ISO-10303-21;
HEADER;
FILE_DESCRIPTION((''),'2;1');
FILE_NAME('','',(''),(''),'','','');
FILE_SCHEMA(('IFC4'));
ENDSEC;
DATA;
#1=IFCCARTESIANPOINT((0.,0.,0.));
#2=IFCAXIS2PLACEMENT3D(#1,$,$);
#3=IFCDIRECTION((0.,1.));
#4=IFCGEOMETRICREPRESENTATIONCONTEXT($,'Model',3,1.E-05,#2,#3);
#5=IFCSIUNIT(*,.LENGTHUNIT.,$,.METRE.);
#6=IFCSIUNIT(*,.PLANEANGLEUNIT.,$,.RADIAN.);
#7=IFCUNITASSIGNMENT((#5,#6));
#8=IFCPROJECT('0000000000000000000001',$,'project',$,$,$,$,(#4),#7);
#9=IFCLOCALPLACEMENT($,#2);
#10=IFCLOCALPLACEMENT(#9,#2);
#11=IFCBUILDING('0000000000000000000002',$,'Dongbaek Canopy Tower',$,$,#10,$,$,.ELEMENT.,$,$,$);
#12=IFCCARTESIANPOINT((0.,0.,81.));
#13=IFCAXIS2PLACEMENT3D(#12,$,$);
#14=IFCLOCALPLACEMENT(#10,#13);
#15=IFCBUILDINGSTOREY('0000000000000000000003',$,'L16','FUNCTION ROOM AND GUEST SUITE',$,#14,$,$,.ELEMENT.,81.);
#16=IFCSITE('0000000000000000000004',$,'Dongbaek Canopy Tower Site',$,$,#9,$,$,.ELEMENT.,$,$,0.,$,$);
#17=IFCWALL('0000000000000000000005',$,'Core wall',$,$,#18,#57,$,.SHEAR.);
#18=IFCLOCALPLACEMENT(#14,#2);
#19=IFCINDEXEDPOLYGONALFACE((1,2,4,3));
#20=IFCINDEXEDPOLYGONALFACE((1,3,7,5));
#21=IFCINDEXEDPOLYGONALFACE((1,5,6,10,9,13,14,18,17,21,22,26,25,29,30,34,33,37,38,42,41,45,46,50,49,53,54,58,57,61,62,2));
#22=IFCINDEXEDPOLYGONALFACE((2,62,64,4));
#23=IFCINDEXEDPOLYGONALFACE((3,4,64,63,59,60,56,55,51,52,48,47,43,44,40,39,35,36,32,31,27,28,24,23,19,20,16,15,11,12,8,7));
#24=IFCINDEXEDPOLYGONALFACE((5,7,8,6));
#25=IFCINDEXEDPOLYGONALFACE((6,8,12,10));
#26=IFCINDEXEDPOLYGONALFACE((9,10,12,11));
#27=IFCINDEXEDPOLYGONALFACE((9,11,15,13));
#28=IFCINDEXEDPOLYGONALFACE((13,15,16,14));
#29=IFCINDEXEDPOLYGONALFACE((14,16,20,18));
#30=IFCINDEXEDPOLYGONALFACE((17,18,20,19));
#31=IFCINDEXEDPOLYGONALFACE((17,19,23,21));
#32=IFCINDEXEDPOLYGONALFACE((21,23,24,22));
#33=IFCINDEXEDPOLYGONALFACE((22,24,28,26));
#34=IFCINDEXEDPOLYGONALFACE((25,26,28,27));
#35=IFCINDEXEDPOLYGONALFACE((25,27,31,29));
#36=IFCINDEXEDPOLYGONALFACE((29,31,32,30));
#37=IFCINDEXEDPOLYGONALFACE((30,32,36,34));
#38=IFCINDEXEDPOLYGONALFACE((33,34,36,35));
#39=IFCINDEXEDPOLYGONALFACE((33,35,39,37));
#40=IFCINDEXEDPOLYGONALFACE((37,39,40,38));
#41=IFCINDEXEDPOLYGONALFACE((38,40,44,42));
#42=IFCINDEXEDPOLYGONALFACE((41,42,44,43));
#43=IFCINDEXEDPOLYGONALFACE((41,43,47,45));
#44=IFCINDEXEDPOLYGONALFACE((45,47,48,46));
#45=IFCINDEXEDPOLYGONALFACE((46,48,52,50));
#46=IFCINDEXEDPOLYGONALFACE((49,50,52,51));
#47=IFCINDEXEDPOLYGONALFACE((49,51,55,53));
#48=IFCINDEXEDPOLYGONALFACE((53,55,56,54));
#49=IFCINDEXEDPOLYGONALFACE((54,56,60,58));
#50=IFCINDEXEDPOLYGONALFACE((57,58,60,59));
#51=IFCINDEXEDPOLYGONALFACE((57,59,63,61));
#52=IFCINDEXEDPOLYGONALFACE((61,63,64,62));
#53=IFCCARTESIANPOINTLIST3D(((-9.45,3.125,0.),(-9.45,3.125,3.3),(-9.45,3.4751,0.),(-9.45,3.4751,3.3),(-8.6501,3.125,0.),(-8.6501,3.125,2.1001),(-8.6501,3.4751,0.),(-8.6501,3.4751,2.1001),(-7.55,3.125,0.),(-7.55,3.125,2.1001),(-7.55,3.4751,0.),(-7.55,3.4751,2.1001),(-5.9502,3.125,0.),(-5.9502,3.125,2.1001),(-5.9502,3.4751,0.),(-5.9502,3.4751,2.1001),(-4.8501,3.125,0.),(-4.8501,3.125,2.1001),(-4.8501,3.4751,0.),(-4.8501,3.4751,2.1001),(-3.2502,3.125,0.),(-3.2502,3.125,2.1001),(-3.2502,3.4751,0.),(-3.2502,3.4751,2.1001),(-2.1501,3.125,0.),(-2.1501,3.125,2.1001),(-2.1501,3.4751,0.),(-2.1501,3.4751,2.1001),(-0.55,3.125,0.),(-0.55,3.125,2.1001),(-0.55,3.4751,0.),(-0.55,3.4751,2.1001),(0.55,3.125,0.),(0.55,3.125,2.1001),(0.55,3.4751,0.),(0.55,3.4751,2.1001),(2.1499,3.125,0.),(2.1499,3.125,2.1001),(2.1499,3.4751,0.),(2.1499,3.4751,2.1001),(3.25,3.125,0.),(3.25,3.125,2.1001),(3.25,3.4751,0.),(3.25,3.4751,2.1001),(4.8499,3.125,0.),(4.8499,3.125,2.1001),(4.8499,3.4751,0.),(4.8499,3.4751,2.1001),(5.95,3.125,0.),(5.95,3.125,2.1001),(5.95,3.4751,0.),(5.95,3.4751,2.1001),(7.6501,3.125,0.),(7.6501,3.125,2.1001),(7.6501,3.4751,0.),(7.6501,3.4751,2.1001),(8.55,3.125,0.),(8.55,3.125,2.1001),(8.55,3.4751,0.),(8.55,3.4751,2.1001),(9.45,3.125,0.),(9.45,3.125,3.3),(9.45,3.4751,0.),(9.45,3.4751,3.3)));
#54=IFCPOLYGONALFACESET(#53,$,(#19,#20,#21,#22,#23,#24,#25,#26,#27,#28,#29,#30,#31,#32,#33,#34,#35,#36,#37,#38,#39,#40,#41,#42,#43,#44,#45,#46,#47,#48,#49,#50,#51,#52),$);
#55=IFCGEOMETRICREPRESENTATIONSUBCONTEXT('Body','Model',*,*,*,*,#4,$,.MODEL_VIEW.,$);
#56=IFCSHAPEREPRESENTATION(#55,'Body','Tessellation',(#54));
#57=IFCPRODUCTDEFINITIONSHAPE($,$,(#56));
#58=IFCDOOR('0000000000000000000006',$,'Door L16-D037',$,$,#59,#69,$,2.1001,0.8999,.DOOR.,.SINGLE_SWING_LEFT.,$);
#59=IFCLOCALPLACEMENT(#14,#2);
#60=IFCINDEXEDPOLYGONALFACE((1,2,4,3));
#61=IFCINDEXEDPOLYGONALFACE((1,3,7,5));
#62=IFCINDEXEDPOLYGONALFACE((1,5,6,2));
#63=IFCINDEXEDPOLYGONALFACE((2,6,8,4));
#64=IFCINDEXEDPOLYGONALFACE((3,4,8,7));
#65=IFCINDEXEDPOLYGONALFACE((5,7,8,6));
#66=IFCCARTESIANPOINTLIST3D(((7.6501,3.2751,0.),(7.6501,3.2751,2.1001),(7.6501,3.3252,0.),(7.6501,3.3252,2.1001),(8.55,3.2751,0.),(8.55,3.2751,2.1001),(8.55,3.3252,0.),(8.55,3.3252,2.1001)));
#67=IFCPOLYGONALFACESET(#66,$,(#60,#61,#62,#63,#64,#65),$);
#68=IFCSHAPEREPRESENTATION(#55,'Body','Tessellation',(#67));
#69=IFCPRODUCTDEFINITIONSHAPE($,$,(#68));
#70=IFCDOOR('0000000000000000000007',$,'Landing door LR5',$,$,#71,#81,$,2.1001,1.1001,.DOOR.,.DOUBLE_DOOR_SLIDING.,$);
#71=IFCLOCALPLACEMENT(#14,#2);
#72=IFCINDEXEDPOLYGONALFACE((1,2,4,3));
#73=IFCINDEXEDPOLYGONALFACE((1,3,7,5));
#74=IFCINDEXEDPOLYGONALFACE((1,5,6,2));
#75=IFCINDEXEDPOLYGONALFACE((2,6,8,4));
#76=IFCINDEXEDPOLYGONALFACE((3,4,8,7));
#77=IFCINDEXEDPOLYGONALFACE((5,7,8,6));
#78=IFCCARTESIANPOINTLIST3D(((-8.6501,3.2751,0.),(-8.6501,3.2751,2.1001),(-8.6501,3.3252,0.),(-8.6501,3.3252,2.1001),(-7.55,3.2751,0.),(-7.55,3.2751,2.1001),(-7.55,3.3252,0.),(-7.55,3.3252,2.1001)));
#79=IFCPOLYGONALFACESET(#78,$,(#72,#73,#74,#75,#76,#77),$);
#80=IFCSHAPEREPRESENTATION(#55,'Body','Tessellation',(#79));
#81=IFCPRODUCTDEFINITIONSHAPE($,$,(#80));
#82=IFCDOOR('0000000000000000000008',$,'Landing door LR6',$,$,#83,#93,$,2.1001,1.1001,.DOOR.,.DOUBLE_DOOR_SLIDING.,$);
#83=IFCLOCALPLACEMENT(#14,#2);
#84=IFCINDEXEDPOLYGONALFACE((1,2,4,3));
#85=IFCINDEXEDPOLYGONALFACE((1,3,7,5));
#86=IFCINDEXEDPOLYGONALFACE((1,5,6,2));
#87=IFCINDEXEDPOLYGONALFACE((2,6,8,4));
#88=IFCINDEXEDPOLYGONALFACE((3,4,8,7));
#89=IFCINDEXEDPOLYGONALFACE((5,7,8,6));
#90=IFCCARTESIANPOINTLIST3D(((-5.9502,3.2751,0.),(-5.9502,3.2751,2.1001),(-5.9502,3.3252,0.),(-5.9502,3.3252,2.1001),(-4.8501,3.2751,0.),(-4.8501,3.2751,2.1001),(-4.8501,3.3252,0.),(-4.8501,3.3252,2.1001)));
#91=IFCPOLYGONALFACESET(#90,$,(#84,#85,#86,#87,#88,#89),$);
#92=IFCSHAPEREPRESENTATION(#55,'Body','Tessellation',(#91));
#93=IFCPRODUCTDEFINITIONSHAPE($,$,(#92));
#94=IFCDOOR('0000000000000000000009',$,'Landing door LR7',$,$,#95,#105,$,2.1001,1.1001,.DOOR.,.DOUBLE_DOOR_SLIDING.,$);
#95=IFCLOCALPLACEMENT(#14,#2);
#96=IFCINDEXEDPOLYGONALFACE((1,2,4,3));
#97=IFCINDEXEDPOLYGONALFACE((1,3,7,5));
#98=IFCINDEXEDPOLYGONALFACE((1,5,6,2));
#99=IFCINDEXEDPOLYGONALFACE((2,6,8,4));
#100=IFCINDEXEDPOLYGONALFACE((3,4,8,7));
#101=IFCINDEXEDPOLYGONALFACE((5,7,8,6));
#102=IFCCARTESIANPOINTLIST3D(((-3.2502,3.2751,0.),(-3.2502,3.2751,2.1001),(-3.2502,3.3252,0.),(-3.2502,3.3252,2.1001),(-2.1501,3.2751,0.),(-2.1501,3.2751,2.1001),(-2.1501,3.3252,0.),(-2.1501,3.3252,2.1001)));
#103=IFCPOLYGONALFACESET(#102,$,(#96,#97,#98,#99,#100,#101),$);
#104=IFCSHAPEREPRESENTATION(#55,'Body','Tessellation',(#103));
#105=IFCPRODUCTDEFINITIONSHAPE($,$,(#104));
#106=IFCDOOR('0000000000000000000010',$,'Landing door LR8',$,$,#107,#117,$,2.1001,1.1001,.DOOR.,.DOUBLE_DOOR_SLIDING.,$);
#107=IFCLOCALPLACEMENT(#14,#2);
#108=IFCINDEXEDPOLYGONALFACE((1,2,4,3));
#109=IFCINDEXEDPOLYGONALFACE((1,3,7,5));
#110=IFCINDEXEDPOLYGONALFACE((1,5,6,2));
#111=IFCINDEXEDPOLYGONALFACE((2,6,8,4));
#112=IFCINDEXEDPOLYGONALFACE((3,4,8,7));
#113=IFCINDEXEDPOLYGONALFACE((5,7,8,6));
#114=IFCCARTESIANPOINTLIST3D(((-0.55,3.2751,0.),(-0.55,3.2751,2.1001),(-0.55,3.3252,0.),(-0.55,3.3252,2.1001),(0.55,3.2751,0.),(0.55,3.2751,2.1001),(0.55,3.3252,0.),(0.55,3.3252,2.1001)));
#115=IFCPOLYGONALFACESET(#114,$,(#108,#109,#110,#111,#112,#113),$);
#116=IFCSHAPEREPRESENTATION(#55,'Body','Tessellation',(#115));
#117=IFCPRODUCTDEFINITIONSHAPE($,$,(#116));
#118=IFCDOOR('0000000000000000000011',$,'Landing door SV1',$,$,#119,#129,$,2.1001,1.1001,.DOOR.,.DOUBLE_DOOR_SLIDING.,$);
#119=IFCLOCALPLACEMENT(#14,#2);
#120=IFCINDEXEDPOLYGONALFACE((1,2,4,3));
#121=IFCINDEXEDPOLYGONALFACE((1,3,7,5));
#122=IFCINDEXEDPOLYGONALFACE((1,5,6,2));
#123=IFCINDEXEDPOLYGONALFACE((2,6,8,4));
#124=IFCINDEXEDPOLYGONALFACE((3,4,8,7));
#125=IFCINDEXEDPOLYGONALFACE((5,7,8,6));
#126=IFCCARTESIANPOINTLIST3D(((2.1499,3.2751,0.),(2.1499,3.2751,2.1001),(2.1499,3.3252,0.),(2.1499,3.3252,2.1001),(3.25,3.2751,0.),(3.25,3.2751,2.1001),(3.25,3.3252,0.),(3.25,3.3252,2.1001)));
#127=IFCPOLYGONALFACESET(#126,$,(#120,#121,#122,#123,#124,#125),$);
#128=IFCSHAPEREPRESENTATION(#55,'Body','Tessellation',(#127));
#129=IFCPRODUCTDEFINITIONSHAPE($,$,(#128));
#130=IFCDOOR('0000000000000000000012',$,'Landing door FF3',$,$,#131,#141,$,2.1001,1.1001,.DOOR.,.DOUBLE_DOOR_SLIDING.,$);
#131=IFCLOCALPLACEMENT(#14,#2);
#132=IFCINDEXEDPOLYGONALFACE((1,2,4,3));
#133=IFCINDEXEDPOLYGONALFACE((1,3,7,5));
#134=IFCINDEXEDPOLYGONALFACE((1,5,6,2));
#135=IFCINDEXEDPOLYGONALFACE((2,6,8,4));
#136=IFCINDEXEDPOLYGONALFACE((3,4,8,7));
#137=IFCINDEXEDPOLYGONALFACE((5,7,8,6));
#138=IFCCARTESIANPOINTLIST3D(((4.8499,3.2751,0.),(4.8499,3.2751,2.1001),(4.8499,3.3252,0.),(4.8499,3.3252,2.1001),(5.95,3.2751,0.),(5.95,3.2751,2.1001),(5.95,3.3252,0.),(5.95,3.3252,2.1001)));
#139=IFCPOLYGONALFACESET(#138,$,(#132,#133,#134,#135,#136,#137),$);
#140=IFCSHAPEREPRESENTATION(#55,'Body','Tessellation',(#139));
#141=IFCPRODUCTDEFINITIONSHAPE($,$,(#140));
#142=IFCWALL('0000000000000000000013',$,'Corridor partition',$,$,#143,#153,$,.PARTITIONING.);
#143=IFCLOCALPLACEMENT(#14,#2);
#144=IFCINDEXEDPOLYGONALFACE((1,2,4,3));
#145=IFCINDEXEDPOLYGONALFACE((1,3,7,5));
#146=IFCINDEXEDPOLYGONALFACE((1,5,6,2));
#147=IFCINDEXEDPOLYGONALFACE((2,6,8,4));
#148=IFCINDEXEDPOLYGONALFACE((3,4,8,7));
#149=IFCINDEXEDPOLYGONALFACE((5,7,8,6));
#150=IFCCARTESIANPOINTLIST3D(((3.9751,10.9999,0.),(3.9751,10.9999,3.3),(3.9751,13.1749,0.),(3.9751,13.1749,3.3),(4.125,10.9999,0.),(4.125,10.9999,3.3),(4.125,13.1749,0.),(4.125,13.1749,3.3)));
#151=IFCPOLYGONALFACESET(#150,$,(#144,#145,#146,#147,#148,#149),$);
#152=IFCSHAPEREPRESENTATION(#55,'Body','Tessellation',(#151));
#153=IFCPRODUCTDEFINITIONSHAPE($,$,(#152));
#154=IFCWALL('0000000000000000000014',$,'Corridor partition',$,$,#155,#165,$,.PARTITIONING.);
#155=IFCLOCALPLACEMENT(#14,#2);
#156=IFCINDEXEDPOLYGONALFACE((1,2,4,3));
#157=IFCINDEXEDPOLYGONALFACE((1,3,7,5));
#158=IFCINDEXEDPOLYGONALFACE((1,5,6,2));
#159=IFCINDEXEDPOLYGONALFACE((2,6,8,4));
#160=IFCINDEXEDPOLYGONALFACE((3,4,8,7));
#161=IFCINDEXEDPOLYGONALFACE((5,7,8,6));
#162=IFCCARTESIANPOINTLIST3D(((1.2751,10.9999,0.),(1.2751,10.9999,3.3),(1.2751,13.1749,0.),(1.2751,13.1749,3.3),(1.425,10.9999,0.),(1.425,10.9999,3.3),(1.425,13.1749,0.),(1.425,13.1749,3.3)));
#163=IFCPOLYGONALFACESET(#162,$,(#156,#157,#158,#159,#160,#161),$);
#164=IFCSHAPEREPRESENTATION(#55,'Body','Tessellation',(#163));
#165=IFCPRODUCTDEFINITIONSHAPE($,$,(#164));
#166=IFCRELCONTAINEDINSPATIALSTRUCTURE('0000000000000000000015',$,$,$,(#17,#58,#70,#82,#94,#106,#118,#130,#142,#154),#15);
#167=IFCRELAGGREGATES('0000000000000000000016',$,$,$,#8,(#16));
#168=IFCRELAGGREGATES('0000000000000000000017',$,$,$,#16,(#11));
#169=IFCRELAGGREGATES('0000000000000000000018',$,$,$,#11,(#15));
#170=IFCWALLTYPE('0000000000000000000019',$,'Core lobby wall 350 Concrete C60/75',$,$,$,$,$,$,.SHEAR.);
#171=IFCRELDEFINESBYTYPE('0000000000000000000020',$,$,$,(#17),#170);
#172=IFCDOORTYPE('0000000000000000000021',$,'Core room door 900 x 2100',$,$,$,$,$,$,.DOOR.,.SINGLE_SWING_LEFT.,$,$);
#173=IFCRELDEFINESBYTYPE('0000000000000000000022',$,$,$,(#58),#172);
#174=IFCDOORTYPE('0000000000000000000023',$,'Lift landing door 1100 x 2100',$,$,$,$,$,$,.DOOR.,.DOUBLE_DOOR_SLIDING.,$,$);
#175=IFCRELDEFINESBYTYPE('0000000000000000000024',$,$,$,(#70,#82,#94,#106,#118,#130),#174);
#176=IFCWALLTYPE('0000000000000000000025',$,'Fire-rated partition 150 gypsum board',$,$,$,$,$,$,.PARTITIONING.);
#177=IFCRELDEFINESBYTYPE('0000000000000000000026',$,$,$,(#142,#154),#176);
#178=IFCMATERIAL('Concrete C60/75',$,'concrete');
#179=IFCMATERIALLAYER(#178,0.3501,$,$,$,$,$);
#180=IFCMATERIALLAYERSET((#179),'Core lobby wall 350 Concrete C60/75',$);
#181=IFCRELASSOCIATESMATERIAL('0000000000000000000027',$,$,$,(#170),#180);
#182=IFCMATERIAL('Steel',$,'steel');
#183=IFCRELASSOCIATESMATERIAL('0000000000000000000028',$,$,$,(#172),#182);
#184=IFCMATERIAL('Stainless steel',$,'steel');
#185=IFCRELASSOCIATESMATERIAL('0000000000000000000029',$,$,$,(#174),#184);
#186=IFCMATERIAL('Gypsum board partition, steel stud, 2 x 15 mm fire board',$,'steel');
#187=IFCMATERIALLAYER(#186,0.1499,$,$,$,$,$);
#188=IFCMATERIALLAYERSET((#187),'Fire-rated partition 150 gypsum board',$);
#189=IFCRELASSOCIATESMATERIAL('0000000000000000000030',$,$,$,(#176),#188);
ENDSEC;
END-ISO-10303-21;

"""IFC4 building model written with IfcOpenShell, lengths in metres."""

from ifc_helpers import new_model, si_unit, direction, frame, frame_2d, origin, place, context, subcontext, project, spatial, rectangle, extrude, material, layer, layer_set, type_object, element, fill, save


model = new_model("IFC4")

# Units and contexts
model_context = context("Model", 3, precision=1e-05, world=origin(), true_north=direction((0.0, 1.0)))
body_context = subcontext(model_context, "Body", "Model", "MODEL_VIEW")
ifc_project = project(units=[si_unit("LENGTHUNIT", "METRE"), si_unit("PLANEANGLEUNIT", "RADIAN")], contexts=[model_context])

# Site, building, storey
site_placement = place(None, origin())
site = spatial("IfcSite", under=ifc_project, at=site_placement, Name="Dongbaek Canopy Tower Site", CompositionType="ELEMENT", RefElevation=0.0)
building_placement = place(site_placement, origin())
building = spatial("IfcBuilding", under=site, at=building_placement, Name="Dongbaek Canopy Tower", CompositionType="ELEMENT")
storey_placement = place(building_placement, frame((0.0, 0.0, 81.0)))
storey = spatial("IfcBuildingStorey", under=building, at=storey_placement, Name="L16", Description="FUNCTION ROOM AND GUEST SUITE", CompositionType="ELEMENT", Elevation=81.0)

# Wall, openings, doors
ifc_material_1 = material(Name="Concrete C60/75", Category="concrete")
ifc_layer_1 = layer(ifc_material_1, 0.3501)
ifc_layer_set_1 = layer_set([ifc_layer_1], Name="Core lobby wall 350 Concrete C60/75")
wall_type_1 = type_object("IfcWallType", Name="Core lobby wall 350 Concrete C60/75", PredefinedType="SHEAR", material=ifc_layer_set_1)
wall_1_placement = place(storey_placement, frame((9.45, 3.3, 0.0), z_axis=(0.0, 0.0, 1.0), x_axis=(-1.0, 0.0, 0.0)))
wall_1 = element("IfcWall", 1, at=wall_1_placement, inside=storey, type_object=wall_type_1, Name="Core wall", PredefinedType="SHEAR", context=body_context, shape_type="SweptSolid", body=[
    extrude(rectangle(XDim=18.8999, YDim=0.3501, at=frame_2d((9.45, 0.0))), origin(), (0.0, 0.0, 1.0), 3.3),
])
opening_1_placement = place(wall_1_placement, frame((17.0, 0.0, 0.0)))
opening_1 = element("IfcOpeningElement", 2, at=opening_1_placement, cuts=wall_1, PredefinedType="OPENING", context=body_context, shape_type="SweptSolid", body=[
    extrude(rectangle(XDim=1.1001, YDim=2.1001, at=frame_2d((0.55, 1.05))), frame((0.0, 0.1851, 0.0), z_axis=(0.0, -1.0, 0.0), x_axis=(1.0, 0.0, 0.0)), (0.0, 0.0, 1.0), 0.3701),
])
opening_2_placement = place(wall_1_placement, frame((14.3, 0.0, 0.0)))
opening_2 = element("IfcOpeningElement", 3, at=opening_2_placement, cuts=wall_1, PredefinedType="OPENING", context=body_context, shape_type="SweptSolid", body=[
    extrude(rectangle(XDim=1.1001, YDim=2.1001, at=frame_2d((0.55, 1.05))), frame((0.0, 0.1851, 0.0), z_axis=(0.0, -1.0, 0.0), x_axis=(1.0, 0.0, 0.0)), (0.0, 0.0, 1.0), 0.3701),
])
opening_3_placement = place(wall_1_placement, frame((11.6001, 0.0, 0.0)))
opening_3 = element("IfcOpeningElement", 4, at=opening_3_placement, cuts=wall_1, PredefinedType="OPENING", context=body_context, shape_type="SweptSolid", body=[
    extrude(rectangle(XDim=1.1001, YDim=2.1001, at=frame_2d((0.55, 1.05))), frame((0.0, 0.1851, 0.0), z_axis=(0.0, -1.0, 0.0), x_axis=(1.0, 0.0, 0.0)), (0.0, 0.0, 1.0), 0.3701),
])
opening_4_placement = place(wall_1_placement, frame((8.8999, 0.0, 0.0)))
opening_4 = element("IfcOpeningElement", 5, at=opening_4_placement, cuts=wall_1, PredefinedType="OPENING", context=body_context, shape_type="SweptSolid", body=[
    extrude(rectangle(XDim=1.1001, YDim=2.1001, at=frame_2d((0.55, 1.05))), frame((0.0, 0.1851, 0.0), z_axis=(0.0, -1.0, 0.0), x_axis=(1.0, 0.0, 0.0)), (0.0, 0.0, 1.0), 0.3701),
])
opening_5_placement = place(wall_1_placement, frame((6.2, 0.0, 0.0)))
opening_5 = element("IfcOpeningElement", 6, at=opening_5_placement, cuts=wall_1, PredefinedType="OPENING", context=body_context, shape_type="SweptSolid", body=[
    extrude(rectangle(XDim=1.1001, YDim=2.1001, at=frame_2d((0.55, 1.05))), frame((0.0, 0.1851, 0.0), z_axis=(0.0, -1.0, 0.0), x_axis=(1.0, 0.0, 0.0)), (0.0, 0.0, 1.0), 0.3701),
])
opening_6_placement = place(wall_1_placement, frame((3.5, 0.0, 0.0)))
opening_6 = element("IfcOpeningElement", 7, at=opening_6_placement, cuts=wall_1, PredefinedType="OPENING", context=body_context, shape_type="SweptSolid", body=[
    extrude(rectangle(XDim=1.1001, YDim=2.1001, at=frame_2d((0.55, 1.05))), frame((0.0, 0.1851, 0.0), z_axis=(0.0, -1.0, 0.0), x_axis=(1.0, 0.0, 0.0)), (0.0, 0.0, 1.0), 0.3701),
])
opening_7_placement = place(wall_1_placement, frame((0.8999, 0.0, 0.0)))
opening_7 = element("IfcOpeningElement", 8, at=opening_7_placement, cuts=wall_1, PredefinedType="OPENING", context=body_context, shape_type="SweptSolid", body=[
    extrude(rectangle(XDim=0.8999, YDim=2.1001, at=frame_2d((0.45, 1.05))), frame((0.0, 0.1851, 0.0), z_axis=(0.0, -1.0, 0.0), x_axis=(1.0, 0.0, 0.0)), (0.0, 0.0, 1.0), 0.3701),
])
ifc_material_2 = material(Name="Steel", Category="steel")
door_type_1 = type_object("IfcDoorType", Name="Core room door 900 x 2100", OperationType="SINGLE_SWING_LEFT", PredefinedType="DOOR", material=ifc_material_2)
door_1_placement = place(opening_7_placement, origin())
door_1 = element("IfcDoor", 9, at=door_1_placement, inside=storey, type_object=door_type_1, Name="Door L16-D037", OperationType="SINGLE_SWING_LEFT", OverallHeight=2.1001, OverallWidth=0.8999, PredefinedType="DOOR", context=body_context, shape_type="SweptSolid", body=[
    extrude(rectangle(XDim=0.8999, YDim=2.1001, at=frame_2d((0.45, 1.05))), frame((0.0, 0.0249, 0.0), z_axis=(0.0, -1.0, 0.0), x_axis=(1.0, 0.0, 0.0)), (0.0, 0.0, 1.0), 0.05),
])
fill(opening_7, door_1)
ifc_material_3 = material(Name="Stainless steel", Category="steel")
door_type_2 = type_object("IfcDoorType", Name="Lift landing door 1100 x 2100", OperationType="DOUBLE_DOOR_SLIDING", PredefinedType="DOOR", material=ifc_material_3)
door_2_placement = place(opening_1_placement, origin())
door_2 = element("IfcDoor", 10, at=door_2_placement, inside=storey, type_object=door_type_2, Name="Landing door LR5", OperationType="DOUBLE_DOOR_SLIDING", OverallHeight=2.1001, OverallWidth=1.1001, PredefinedType="DOOR", context=body_context, shape_type="SweptSolid", body=[
    extrude(rectangle(XDim=1.1001, YDim=2.1001, at=frame_2d((0.55, 1.05))), frame((0.0, 0.0249, 0.0), z_axis=(0.0, -1.0, 0.0), x_axis=(1.0, 0.0, 0.0)), (0.0, 0.0, 1.0), 0.05),
])
fill(opening_1, door_2)
door_3_placement = place(opening_2_placement, origin())
door_3 = element("IfcDoor", 11, at=door_3_placement, inside=storey, type_object=door_type_2, Name="Landing door LR6", OperationType="DOUBLE_DOOR_SLIDING", OverallHeight=2.1001, OverallWidth=1.1001, PredefinedType="DOOR", context=body_context, shape_type="SweptSolid", body=[
    extrude(rectangle(XDim=1.1001, YDim=2.1001, at=frame_2d((0.55, 1.05))), frame((0.0, 0.0249, 0.0), z_axis=(0.0, -1.0, 0.0), x_axis=(1.0, 0.0, 0.0)), (0.0, 0.0, 1.0), 0.05),
])
fill(opening_2, door_3)
door_4_placement = place(opening_3_placement, origin())
door_4 = element("IfcDoor", 12, at=door_4_placement, inside=storey, type_object=door_type_2, Name="Landing door LR7", OperationType="DOUBLE_DOOR_SLIDING", OverallHeight=2.1001, OverallWidth=1.1001, PredefinedType="DOOR", context=body_context, shape_type="SweptSolid", body=[
    extrude(rectangle(XDim=1.1001, YDim=2.1001, at=frame_2d((0.55, 1.05))), frame((0.0, 0.0249, 0.0), z_axis=(0.0, -1.0, 0.0), x_axis=(1.0, 0.0, 0.0)), (0.0, 0.0, 1.0), 0.05),
])
fill(opening_3, door_4)
door_5_placement = place(opening_4_placement, origin())
door_5 = element("IfcDoor", 13, at=door_5_placement, inside=storey, type_object=door_type_2, Name="Landing door LR8", OperationType="DOUBLE_DOOR_SLIDING", OverallHeight=2.1001, OverallWidth=1.1001, PredefinedType="DOOR", context=body_context, shape_type="SweptSolid", body=[
    extrude(rectangle(XDim=1.1001, YDim=2.1001, at=frame_2d((0.55, 1.05))), frame((0.0, 0.0249, 0.0), z_axis=(0.0, -1.0, 0.0), x_axis=(1.0, 0.0, 0.0)), (0.0, 0.0, 1.0), 0.05),
])
fill(opening_4, door_5)
door_6_placement = place(opening_5_placement, origin())
door_6 = element("IfcDoor", 14, at=door_6_placement, inside=storey, type_object=door_type_2, Name="Landing door SV1", OperationType="DOUBLE_DOOR_SLIDING", OverallHeight=2.1001, OverallWidth=1.1001, PredefinedType="DOOR", context=body_context, shape_type="SweptSolid", body=[
    extrude(rectangle(XDim=1.1001, YDim=2.1001, at=frame_2d((0.55, 1.05))), frame((0.0, 0.0249, 0.0), z_axis=(0.0, -1.0, 0.0), x_axis=(1.0, 0.0, 0.0)), (0.0, 0.0, 1.0), 0.05),
])
fill(opening_5, door_6)
door_7_placement = place(opening_6_placement, origin())
door_7 = element("IfcDoor", 15, at=door_7_placement, inside=storey, type_object=door_type_2, Name="Landing door FF3", OperationType="DOUBLE_DOOR_SLIDING", OverallHeight=2.1001, OverallWidth=1.1001, PredefinedType="DOOR", context=body_context, shape_type="SweptSolid", body=[
    extrude(rectangle(XDim=1.1001, YDim=2.1001, at=frame_2d((0.55, 1.05))), frame((0.0, 0.0249, 0.0), z_axis=(0.0, -1.0, 0.0), x_axis=(1.0, 0.0, 0.0)), (0.0, 0.0, 1.0), 0.05),
])
fill(opening_6, door_7)

# Walls
ifc_material_4 = material(Name="Gypsum board partition, steel stud, 2 x 15 mm fire board", Category="steel")
ifc_layer_2 = layer(ifc_material_4, 0.1499)
ifc_layer_set_2 = layer_set([ifc_layer_2], Name="Fire-rated partition 150 gypsum board")
wall_type_2 = type_object("IfcWallType", Name="Fire-rated partition 150 gypsum board", PredefinedType="PARTITIONING", material=ifc_layer_set_2)
for number, where, z_axis, x_axis, name in (
    (16, (4.05, 11.0, 0.0), (0.0, 0.0, 1.0), (0.0, 1.0, 0.0), "Corridor partition"),
    (17, (1.3501, 11.0, 0.0), (0.0, 0.0, 1.0), (0.0, 1.0, 0.0), "Corridor partition"),
):
    element("IfcWall", number, at=place(storey_placement, frame(where, z_axis=z_axis, x_axis=x_axis)), inside=storey, type_object=wall_type_2, Name=name, PredefinedType="PARTITIONING", context=body_context, shape_type="SweptSolid", body=[
        extrude(rectangle(XDim=2.175, YDim=0.1499, at=frame_2d((1.0874, 0.0))), origin(), (0.0, 0.0, 1.0), 3.3),
    ])

save(model, "model.ifc")
